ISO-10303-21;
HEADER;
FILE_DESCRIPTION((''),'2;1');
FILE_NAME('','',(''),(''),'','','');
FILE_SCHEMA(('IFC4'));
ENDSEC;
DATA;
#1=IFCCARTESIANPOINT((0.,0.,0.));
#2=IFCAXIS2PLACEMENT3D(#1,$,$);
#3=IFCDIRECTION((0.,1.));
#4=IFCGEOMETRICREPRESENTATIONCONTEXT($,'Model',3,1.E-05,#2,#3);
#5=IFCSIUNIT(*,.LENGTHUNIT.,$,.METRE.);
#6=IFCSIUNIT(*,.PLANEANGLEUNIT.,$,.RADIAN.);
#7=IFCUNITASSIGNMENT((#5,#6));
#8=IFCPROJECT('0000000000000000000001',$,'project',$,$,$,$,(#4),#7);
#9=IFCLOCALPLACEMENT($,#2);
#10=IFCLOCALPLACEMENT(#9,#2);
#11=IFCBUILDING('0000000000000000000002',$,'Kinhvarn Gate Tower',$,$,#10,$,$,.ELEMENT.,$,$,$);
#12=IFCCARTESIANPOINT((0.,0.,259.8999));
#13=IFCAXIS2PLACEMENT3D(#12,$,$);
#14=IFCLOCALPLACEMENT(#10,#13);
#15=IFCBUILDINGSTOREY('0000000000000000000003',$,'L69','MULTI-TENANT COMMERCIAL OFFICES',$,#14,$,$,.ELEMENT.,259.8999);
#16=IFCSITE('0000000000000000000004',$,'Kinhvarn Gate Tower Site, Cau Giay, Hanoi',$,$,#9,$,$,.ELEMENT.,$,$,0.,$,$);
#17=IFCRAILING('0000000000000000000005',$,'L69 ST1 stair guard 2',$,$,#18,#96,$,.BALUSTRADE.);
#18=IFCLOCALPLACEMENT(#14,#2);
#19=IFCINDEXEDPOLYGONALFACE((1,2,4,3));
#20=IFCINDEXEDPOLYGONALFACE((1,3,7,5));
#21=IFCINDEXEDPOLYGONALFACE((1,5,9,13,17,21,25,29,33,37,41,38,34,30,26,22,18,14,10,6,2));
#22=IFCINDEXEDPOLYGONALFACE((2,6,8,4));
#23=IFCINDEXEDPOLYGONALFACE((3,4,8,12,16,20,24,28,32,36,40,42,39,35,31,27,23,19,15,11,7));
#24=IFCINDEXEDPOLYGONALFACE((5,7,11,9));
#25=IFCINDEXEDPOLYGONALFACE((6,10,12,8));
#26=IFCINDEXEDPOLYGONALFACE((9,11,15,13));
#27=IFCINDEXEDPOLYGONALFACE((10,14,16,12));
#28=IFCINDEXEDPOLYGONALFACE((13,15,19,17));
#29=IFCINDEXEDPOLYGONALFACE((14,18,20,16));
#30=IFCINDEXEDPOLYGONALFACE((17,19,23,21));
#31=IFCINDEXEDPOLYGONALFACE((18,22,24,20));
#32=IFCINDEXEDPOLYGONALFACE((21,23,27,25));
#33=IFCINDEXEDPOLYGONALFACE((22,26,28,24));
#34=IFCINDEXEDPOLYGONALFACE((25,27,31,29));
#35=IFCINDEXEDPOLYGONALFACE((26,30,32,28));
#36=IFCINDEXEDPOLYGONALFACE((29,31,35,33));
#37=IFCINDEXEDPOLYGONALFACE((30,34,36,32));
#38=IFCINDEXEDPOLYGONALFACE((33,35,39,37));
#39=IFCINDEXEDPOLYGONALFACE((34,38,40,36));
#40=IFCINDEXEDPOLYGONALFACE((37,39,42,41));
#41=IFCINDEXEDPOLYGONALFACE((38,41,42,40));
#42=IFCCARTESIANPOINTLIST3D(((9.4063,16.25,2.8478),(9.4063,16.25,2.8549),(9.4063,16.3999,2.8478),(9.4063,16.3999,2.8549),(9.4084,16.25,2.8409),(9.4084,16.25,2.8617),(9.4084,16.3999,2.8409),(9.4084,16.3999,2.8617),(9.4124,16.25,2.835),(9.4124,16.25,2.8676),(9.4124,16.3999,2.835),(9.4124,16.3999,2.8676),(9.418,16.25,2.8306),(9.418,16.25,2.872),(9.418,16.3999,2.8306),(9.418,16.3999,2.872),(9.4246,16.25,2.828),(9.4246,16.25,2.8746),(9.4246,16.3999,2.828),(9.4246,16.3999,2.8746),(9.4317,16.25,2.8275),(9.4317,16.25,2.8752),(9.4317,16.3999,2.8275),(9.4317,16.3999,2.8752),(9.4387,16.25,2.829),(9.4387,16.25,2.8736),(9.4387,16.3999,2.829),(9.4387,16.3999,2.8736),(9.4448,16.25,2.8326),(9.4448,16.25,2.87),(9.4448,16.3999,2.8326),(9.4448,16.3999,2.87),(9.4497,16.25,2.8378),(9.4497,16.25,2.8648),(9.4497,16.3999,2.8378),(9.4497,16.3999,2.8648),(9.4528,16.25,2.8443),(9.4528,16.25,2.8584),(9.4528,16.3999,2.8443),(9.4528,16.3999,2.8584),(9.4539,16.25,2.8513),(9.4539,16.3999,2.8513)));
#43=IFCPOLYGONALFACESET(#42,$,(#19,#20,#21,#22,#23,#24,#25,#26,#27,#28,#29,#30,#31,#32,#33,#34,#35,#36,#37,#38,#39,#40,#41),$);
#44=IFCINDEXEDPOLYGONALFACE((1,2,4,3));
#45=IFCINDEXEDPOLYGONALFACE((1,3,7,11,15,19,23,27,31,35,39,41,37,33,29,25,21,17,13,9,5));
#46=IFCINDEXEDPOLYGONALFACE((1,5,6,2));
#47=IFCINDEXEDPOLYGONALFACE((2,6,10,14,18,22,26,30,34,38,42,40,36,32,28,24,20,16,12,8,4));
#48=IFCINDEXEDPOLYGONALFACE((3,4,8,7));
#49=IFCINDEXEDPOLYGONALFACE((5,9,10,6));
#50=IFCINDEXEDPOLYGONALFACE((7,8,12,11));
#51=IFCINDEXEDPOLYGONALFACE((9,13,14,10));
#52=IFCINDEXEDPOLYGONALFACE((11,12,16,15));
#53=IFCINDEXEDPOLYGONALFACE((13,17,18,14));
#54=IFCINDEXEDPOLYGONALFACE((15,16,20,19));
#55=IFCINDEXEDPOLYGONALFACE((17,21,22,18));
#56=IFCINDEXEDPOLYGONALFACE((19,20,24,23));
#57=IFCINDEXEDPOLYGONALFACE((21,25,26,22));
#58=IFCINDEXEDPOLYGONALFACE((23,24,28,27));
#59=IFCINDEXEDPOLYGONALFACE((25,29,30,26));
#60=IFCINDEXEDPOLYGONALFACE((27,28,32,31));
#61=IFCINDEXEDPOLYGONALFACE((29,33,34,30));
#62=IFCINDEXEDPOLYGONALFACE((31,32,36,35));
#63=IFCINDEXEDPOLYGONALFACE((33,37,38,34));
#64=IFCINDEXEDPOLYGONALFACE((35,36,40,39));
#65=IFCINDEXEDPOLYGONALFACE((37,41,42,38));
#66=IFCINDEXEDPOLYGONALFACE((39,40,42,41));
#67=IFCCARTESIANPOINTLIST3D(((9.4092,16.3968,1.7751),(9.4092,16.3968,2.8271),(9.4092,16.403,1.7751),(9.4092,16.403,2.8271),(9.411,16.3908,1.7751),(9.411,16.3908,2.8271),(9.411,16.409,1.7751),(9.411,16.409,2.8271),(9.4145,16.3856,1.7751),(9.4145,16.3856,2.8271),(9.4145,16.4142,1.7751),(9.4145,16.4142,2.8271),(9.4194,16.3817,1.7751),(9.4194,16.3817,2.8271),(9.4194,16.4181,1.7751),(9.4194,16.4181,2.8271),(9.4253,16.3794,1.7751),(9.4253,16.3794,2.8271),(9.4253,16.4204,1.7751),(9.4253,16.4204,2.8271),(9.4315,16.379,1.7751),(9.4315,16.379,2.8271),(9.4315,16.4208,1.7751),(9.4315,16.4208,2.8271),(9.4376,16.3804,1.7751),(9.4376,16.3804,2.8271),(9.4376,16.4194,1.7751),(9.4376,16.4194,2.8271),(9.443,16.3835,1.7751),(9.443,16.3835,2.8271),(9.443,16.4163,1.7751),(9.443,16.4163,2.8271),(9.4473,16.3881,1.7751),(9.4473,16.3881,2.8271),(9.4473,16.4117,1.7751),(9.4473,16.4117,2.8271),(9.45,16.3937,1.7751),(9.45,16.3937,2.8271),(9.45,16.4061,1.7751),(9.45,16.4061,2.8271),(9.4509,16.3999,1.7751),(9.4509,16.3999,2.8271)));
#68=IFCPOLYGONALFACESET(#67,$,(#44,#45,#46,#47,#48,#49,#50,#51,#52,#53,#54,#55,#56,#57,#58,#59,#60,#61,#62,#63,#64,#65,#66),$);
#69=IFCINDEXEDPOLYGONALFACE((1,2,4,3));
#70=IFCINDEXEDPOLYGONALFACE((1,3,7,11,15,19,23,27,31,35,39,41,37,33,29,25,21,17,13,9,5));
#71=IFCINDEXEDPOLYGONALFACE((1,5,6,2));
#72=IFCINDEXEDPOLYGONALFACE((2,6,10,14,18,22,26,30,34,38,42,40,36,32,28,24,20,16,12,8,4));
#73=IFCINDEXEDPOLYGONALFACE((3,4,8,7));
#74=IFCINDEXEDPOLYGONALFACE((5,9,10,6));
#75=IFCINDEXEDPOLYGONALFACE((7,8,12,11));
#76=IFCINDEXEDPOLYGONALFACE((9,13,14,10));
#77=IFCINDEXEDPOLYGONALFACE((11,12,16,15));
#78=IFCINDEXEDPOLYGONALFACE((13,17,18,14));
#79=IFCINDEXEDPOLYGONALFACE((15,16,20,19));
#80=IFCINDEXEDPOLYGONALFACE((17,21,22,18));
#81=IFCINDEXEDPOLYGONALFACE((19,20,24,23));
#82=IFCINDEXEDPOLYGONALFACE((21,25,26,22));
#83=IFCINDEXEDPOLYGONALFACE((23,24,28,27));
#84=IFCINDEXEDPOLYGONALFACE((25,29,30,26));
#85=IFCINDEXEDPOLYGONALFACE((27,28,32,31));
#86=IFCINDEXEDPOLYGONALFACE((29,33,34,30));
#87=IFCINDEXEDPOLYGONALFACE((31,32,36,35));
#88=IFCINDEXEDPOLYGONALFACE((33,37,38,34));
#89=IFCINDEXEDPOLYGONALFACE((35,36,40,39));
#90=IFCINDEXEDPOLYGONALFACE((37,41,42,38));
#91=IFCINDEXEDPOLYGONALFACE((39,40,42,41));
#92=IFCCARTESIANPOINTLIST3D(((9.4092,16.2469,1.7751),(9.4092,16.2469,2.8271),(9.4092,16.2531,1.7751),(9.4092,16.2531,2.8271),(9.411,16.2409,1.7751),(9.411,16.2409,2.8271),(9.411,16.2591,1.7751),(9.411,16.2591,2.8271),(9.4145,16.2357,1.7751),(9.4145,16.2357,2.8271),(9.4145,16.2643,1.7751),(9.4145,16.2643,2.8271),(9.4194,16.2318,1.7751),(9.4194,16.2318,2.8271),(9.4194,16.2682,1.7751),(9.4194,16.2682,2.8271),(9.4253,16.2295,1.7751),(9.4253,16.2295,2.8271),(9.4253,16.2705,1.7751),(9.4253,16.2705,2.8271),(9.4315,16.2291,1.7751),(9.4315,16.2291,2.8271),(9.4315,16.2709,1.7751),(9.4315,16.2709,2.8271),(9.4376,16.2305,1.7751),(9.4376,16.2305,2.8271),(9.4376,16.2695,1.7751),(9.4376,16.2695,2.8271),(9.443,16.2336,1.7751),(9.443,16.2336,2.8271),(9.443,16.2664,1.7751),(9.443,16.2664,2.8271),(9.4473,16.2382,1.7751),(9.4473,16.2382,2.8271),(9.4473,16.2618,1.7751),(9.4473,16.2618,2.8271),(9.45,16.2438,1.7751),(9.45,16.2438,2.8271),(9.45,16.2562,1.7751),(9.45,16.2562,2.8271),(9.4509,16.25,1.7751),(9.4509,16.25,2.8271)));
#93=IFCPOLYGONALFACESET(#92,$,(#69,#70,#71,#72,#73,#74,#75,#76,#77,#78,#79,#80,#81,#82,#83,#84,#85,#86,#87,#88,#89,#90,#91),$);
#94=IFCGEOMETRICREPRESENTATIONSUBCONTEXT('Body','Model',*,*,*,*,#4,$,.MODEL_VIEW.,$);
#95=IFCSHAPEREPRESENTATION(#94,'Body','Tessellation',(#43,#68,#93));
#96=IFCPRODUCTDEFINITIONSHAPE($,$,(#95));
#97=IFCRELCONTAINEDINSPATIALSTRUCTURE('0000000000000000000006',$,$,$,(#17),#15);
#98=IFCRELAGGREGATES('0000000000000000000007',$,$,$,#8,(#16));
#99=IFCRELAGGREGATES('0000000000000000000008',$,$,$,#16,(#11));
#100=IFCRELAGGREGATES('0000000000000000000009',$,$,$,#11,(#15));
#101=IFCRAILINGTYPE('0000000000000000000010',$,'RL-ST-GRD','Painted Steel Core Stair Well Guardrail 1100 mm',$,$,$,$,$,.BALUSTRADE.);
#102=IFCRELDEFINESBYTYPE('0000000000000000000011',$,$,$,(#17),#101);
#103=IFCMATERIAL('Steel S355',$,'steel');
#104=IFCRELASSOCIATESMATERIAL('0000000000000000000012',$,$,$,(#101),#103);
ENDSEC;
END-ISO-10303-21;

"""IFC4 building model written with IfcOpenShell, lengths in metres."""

from ifc_helpers import new_model, si_unit, direction, frame, origin, origin_2d, place, context, subcontext, project, spatial, circle, extrude, material, type_object, element, save


model = new_model("IFC4")

# Units and contexts
model_context = context("Model", 3, precision=1e-05, world=origin(), true_north=direction((0.0, 1.0)))
body_context = subcontext(model_context, "Body", "Model", "MODEL_VIEW")
ifc_project = project(units=[si_unit("LENGTHUNIT", "METRE"), si_unit("PLANEANGLEUNIT", "RADIAN")], contexts=[model_context])

# Site, building, storey
site_placement = place(None, origin())
site = spatial("IfcSite", under=ifc_project, at=site_placement, Name="Kinhvarn Gate Tower Site, Cau Giay, Hanoi", CompositionType="ELEMENT", RefElevation=0.0)
building_placement = place(site_placement, origin())
building = spatial("IfcBuilding", under=site, at=building_placement, Name="Kinhvarn Gate Tower", CompositionType="ELEMENT")
storey_placement = place(building_placement, frame((0.0, 0.0, 259.8999)))
storey = spatial("IfcBuildingStorey", under=building, at=storey_placement, Name="L69", Description="MULTI-TENANT COMMERCIAL OFFICES", CompositionType="ELEMENT", Elevation=259.8999)

# Shared definitions
ifc_material_1 = material(Name="Steel S355", Category="steel")

# Railing
railing_type_1 = type_object("IfcRailingType", Name="RL-ST-GRD", Description="Painted Steel Core Stair Well Guardrail 1100 mm", PredefinedType="BALUSTRADE", material=ifc_material_1)
railing_1_placement = place(storey_placement, frame((9.4299, 16.3999, 1.7751)))
element("IfcRailing", 1, at=railing_1_placement, inside=storey, type_object=railing_type_1, Name="L69 ST1 stair guard 2", PredefinedType="BALUSTRADE", context=body_context, shape_type="SweptSolid", body=[
    extrude(circle(Radius=0.0239, at=origin_2d()), frame((0.0, 0.0, 1.0762), z_axis=(0.0, -1.0, 0.0), x_axis=(1.0, 0.0, 0.0)), (0.0, 0.0, 1.0), 0.1499),
    extrude(circle(Radius=0.021, at=origin_2d()), origin(), (0.0, 0.0, 1.0), 1.052),
    extrude(circle(Radius=0.021, at=origin_2d()), frame((0.0, -0.1499, 0.0)), (0.0, 0.0, 1.0), 1.052),
])

save(model, "model.ifc")
